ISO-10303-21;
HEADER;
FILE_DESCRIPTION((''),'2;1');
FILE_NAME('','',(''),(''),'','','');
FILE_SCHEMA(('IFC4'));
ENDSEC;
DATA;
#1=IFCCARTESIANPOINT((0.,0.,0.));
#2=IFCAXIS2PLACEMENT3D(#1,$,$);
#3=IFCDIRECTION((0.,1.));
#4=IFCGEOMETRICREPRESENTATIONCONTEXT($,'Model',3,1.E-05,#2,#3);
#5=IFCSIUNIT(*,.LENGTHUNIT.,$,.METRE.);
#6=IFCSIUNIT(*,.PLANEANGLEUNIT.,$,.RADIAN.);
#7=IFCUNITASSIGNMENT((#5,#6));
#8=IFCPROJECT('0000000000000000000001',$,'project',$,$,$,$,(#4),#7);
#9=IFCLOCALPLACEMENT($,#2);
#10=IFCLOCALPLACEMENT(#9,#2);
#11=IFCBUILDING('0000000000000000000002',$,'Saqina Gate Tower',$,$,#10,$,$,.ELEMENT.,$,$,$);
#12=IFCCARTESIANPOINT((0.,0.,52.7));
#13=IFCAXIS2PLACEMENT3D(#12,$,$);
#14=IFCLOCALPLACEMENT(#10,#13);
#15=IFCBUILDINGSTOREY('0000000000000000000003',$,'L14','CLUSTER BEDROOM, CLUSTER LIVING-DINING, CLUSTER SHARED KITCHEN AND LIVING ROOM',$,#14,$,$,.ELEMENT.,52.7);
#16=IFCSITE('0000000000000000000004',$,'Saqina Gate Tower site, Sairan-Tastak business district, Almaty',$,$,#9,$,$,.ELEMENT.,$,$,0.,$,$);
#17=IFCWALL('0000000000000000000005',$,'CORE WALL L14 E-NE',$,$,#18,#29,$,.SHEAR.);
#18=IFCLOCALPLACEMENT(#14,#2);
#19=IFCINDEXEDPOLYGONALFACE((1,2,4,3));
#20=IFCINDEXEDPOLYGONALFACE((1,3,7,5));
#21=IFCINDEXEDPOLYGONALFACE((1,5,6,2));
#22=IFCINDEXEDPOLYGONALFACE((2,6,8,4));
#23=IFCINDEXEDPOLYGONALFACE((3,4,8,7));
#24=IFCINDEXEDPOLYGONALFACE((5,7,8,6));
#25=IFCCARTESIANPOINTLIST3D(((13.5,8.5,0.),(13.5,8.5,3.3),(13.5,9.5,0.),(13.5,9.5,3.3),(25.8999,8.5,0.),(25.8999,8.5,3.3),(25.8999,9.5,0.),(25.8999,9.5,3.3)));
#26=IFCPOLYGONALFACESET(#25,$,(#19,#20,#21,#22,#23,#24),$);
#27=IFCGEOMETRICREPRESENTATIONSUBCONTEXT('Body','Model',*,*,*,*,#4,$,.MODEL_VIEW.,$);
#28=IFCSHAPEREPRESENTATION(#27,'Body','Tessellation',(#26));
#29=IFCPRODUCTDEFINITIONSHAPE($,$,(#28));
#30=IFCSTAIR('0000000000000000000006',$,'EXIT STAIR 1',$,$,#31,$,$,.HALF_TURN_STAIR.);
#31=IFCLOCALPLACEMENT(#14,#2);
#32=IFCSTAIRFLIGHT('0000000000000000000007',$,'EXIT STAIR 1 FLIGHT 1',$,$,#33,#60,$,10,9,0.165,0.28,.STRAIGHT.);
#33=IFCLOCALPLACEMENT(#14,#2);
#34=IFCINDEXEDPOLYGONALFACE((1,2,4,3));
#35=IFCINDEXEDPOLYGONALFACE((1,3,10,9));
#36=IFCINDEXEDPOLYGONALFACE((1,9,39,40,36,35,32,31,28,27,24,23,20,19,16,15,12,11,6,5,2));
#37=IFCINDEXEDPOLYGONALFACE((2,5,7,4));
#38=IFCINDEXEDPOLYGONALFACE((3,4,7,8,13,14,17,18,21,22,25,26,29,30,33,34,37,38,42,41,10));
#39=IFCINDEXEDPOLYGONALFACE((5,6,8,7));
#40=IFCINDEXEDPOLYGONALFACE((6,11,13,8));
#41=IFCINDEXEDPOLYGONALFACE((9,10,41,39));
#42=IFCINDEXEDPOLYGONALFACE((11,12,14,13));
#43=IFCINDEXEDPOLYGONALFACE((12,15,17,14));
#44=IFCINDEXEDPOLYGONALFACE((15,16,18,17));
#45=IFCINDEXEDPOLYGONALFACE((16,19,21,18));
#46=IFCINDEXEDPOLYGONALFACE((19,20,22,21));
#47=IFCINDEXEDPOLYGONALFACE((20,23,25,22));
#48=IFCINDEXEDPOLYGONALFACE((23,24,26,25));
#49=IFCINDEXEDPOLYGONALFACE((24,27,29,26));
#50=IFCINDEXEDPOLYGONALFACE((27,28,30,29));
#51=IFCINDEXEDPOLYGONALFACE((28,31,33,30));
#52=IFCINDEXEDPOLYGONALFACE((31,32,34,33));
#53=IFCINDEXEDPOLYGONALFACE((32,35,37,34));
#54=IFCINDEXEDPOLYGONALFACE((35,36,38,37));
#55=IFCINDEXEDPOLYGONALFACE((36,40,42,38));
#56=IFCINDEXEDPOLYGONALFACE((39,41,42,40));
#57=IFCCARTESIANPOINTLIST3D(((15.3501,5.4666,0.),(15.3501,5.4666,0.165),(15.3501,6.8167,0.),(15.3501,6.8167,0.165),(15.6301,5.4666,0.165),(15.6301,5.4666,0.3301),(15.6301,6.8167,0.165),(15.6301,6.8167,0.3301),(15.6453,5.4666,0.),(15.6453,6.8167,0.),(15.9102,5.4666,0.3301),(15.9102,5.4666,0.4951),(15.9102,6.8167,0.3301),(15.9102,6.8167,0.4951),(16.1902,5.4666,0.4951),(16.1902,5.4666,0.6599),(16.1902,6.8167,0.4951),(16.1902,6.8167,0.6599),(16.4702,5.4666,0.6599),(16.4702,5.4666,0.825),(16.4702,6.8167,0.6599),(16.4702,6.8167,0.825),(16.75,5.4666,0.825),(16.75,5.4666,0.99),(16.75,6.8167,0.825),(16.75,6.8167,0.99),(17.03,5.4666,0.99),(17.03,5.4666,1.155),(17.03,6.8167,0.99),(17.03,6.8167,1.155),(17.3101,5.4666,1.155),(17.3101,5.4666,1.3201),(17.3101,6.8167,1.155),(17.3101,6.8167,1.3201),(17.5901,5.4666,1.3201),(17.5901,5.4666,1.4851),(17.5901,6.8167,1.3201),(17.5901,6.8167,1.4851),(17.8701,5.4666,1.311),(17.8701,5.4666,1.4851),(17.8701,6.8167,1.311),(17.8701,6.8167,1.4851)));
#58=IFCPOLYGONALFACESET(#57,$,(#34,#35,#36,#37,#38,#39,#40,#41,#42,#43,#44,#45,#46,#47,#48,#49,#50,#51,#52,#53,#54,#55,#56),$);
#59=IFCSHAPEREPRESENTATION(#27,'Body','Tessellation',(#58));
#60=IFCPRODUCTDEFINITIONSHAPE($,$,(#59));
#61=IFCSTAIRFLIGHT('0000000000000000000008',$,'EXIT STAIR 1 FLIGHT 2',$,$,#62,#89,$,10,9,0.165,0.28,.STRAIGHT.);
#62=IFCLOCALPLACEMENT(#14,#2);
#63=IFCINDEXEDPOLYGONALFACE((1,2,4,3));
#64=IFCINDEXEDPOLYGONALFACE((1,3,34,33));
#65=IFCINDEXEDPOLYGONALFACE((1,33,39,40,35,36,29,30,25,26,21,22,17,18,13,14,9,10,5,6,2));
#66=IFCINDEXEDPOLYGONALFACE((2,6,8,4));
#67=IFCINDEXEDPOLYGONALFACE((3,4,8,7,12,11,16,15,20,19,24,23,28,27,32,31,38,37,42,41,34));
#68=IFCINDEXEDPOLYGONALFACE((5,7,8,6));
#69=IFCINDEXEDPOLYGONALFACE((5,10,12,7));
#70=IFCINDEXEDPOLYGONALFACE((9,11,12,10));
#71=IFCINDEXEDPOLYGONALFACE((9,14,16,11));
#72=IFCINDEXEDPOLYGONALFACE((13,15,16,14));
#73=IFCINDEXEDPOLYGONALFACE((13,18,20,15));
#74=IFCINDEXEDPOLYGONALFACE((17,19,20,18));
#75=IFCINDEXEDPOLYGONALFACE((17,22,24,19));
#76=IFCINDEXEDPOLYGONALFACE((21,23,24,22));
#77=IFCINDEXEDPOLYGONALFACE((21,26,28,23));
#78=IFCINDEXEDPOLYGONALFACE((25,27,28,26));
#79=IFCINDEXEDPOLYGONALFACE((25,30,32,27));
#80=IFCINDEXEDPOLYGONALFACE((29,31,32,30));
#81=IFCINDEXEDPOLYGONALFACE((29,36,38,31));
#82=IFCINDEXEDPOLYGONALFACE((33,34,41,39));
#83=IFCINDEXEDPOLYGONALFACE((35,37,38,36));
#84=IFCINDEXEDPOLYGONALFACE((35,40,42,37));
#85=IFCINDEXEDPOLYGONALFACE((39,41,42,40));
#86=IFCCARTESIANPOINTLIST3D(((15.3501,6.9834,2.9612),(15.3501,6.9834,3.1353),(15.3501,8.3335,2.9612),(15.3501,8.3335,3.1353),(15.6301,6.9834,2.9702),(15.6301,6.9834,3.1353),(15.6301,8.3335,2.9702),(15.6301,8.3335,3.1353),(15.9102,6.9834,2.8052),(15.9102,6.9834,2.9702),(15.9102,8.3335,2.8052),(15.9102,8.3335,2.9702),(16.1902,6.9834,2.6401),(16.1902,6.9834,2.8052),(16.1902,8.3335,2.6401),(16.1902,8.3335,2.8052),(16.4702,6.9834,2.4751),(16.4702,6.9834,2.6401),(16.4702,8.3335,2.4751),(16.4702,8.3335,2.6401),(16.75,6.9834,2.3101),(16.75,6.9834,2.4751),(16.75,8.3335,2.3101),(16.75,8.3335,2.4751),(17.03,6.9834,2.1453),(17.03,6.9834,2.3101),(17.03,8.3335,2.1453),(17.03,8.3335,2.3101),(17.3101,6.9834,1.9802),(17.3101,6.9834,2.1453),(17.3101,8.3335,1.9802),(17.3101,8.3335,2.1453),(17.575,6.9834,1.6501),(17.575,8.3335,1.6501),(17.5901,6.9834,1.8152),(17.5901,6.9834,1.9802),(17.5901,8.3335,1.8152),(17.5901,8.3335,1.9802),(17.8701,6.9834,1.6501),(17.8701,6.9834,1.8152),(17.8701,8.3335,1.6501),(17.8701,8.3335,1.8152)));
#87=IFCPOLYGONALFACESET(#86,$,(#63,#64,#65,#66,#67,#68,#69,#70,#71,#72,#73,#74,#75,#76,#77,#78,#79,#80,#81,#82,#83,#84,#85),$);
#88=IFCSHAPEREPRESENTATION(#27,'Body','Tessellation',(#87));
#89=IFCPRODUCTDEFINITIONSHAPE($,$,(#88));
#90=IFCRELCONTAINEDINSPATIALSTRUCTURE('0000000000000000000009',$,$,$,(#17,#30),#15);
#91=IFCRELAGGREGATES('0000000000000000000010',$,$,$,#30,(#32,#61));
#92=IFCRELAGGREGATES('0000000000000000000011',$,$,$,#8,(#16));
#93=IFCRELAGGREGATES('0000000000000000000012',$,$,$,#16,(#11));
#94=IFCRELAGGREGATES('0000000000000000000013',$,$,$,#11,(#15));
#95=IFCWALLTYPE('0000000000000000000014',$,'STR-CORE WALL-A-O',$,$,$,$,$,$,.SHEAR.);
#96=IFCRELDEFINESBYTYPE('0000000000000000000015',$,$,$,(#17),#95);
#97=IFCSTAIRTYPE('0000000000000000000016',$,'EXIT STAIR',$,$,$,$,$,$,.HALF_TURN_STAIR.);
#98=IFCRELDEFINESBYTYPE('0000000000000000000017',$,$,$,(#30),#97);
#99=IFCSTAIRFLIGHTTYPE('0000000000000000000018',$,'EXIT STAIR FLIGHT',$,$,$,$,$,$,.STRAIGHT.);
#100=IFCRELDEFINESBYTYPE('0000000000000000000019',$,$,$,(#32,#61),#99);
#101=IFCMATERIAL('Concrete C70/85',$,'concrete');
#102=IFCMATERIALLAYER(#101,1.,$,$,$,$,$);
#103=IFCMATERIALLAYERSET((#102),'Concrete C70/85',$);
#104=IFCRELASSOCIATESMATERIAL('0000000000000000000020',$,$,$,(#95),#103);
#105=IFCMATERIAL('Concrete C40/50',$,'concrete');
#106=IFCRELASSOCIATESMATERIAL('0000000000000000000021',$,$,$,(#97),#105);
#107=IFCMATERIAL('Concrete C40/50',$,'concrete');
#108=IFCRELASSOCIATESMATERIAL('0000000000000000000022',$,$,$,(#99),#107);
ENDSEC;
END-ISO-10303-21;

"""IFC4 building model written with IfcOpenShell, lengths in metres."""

from ifc_helpers import new_model, si_unit, direction, frame, frame_2d, origin, place, context, subcontext, project, spatial, polyline, rectangle, outline, extrude, material, layer, layer_set, type_object, element, aggregate, save


model = new_model("IFC4")

# Units and contexts
model_context = context("Model", 3, precision=1e-05, world=origin(), true_north=direction((0.0, 1.0)))
body_context = subcontext(model_context, "Body", "Model", "MODEL_VIEW")
ifc_project = project(units=[si_unit("LENGTHUNIT", "METRE"), si_unit("PLANEANGLEUNIT", "RADIAN")], contexts=[model_context])

# Site, building, storey
site_placement = place(None, origin())
site = spatial("IfcSite", under=ifc_project, at=site_placement, Name="Saqina Gate Tower site, Sairan-Tastak business district, Almaty", CompositionType="ELEMENT", RefElevation=0.0)
building_placement = place(site_placement, origin())
building = spatial("IfcBuilding", under=site, at=building_placement, Name="Saqina Gate Tower", CompositionType="ELEMENT")
storey_placement = place(building_placement, frame((0.0, 0.0, 52.7)))
storey = spatial("IfcBuildingStorey", under=building, at=storey_placement, Name="L14", Description="CLUSTER BEDROOM, CLUSTER LIVING-DINING, CLUSTER SHARED KITCHEN AND LIVING ROOM", CompositionType="ELEMENT", Elevation=52.7)

# Wall
ifc_material_1 = material(Name="Concrete C70/85", Category="concrete")
ifc_layer_1 = layer(ifc_material_1, 1.0)
ifc_layer_set_1 = layer_set([ifc_layer_1], Name="Concrete C70/85")
wall_type_1 = type_object("IfcWallType", Name="STR-CORE WALL-A-O", PredefinedType="SHEAR", material=ifc_layer_set_1)
wall_1_placement = place(storey_placement, frame((13.5, 9.0, 0.0), z_axis=(0.0, 0.0, 1.0), x_axis=(1.0, 0.0, 0.0)))
element("IfcWall", 1, at=wall_1_placement, inside=storey, type_object=wall_type_1, Name="CORE WALL L14 E-NE", PredefinedType="SHEAR", context=body_context, shape_type="SweptSolid", body=[
    extrude(rectangle(XDim=12.3999, YDim=1.0, at=frame_2d((6.2, 0.0))), origin(), (0.0, 0.0, 1.0), 3.3),
])

# Stair, stair flights
ifc_material_2 = material(Name="Concrete C40/50", Category="concrete")
stair_type = type_object("IfcStairType", Name="EXIT STAIR", PredefinedType="HALF_TURN_STAIR", material=ifc_material_2)
stair_placement = place(storey_placement, origin())
stair = element("IfcStair", 2, at=stair_placement, inside=storey, type_object=stair_type, Name="EXIT STAIR 1", PredefinedType="HALF_TURN_STAIR")
ifc_material_3 = material(Name="Concrete C40/50", Category="concrete")
stair_flight_type = type_object("IfcStairFlightType", Name="EXIT STAIR FLIGHT", PredefinedType="STRAIGHT", material=ifc_material_3)
stair_flight_1_placement = place(storey_placement, frame((15.3501, 6.1416, 0.0), z_axis=(0.0, 0.0, 1.0), x_axis=(1.0, 0.0, 0.0)))
stair_flight_1 = element("IfcStairFlight", 3, at=stair_flight_1_placement, type_object=stair_flight_type, Name="EXIT STAIR 1 FLIGHT 1", NumberOfRisers=10, NumberOfTreads=9, PredefinedType="STRAIGHT", RiserHeight=0.165, TreadLength=0.28, context=body_context, shape_type="SweptSolid", body=[
    extrude(outline(polyline([(0.0, 0.0), (0.0, 0.165), (0.28, 0.165), (0.28, 0.3301), (0.5601, 0.3301), (0.5601, 0.4951), (0.8401, 0.4951), (0.8401, 0.6599), (1.1201, 0.6599), (1.1201, 0.825), (1.3999, 0.825), (1.3999, 0.99), (1.6799, 0.99), (1.6799, 1.155), (1.96, 1.155), (1.96, 1.3201), (2.24, 1.3201), (2.24, 1.4851), (2.52, 1.4851), (2.52, 1.6499), (2.52, 1.311), (0.2952, 0.0), (0.0, 0.0)])), frame((0.0, 0.675, 0.0), z_axis=(0.0, -1.0, 0.0), x_axis=(1.0, 0.0, 0.0)), (0.0, 0.0, 1.0), 1.3501),
])
stair_flight_2_placement = place(storey_placement, frame((17.8701, 7.6584, 1.6501), z_axis=(0.0, 0.0, 1.0), x_axis=(-1.0, 0.0, 0.0)))
stair_flight_2 = element("IfcStairFlight", 4, at=stair_flight_2_placement, type_object=stair_flight_type, Name="EXIT STAIR 1 FLIGHT 2", NumberOfRisers=10, NumberOfTreads=9, PredefinedType="STRAIGHT", RiserHeight=0.165, TreadLength=0.28, context=body_context, shape_type="SweptSolid", body=[
    extrude(outline(polyline([(0.0, 0.0), (0.0, 0.165), (0.28, 0.165), (0.28, 0.3301), (0.5601, 0.3301), (0.5601, 0.4951), (0.8401, 0.4951), (0.8401, 0.6599), (1.1201, 0.6599), (1.1201, 0.825), (1.3999, 0.825), (1.3999, 0.99), (1.6799, 0.99), (1.6799, 1.155), (1.96, 1.155), (1.96, 1.3201), (2.24, 1.3201), (2.24, 1.4851), (2.52, 1.4851), (2.52, 1.6499), (2.52, 1.311), (0.2952, 0.0), (0.0, 0.0)])), frame((0.0, 0.675, 0.0), z_axis=(0.0, -1.0, 0.0), x_axis=(1.0, 0.0, 0.0)), (0.0, 0.0, 1.0), 1.3501),
])
aggregate(stair, [stair_flight_1, stair_flight_2])

save(model, "model.ifc")
